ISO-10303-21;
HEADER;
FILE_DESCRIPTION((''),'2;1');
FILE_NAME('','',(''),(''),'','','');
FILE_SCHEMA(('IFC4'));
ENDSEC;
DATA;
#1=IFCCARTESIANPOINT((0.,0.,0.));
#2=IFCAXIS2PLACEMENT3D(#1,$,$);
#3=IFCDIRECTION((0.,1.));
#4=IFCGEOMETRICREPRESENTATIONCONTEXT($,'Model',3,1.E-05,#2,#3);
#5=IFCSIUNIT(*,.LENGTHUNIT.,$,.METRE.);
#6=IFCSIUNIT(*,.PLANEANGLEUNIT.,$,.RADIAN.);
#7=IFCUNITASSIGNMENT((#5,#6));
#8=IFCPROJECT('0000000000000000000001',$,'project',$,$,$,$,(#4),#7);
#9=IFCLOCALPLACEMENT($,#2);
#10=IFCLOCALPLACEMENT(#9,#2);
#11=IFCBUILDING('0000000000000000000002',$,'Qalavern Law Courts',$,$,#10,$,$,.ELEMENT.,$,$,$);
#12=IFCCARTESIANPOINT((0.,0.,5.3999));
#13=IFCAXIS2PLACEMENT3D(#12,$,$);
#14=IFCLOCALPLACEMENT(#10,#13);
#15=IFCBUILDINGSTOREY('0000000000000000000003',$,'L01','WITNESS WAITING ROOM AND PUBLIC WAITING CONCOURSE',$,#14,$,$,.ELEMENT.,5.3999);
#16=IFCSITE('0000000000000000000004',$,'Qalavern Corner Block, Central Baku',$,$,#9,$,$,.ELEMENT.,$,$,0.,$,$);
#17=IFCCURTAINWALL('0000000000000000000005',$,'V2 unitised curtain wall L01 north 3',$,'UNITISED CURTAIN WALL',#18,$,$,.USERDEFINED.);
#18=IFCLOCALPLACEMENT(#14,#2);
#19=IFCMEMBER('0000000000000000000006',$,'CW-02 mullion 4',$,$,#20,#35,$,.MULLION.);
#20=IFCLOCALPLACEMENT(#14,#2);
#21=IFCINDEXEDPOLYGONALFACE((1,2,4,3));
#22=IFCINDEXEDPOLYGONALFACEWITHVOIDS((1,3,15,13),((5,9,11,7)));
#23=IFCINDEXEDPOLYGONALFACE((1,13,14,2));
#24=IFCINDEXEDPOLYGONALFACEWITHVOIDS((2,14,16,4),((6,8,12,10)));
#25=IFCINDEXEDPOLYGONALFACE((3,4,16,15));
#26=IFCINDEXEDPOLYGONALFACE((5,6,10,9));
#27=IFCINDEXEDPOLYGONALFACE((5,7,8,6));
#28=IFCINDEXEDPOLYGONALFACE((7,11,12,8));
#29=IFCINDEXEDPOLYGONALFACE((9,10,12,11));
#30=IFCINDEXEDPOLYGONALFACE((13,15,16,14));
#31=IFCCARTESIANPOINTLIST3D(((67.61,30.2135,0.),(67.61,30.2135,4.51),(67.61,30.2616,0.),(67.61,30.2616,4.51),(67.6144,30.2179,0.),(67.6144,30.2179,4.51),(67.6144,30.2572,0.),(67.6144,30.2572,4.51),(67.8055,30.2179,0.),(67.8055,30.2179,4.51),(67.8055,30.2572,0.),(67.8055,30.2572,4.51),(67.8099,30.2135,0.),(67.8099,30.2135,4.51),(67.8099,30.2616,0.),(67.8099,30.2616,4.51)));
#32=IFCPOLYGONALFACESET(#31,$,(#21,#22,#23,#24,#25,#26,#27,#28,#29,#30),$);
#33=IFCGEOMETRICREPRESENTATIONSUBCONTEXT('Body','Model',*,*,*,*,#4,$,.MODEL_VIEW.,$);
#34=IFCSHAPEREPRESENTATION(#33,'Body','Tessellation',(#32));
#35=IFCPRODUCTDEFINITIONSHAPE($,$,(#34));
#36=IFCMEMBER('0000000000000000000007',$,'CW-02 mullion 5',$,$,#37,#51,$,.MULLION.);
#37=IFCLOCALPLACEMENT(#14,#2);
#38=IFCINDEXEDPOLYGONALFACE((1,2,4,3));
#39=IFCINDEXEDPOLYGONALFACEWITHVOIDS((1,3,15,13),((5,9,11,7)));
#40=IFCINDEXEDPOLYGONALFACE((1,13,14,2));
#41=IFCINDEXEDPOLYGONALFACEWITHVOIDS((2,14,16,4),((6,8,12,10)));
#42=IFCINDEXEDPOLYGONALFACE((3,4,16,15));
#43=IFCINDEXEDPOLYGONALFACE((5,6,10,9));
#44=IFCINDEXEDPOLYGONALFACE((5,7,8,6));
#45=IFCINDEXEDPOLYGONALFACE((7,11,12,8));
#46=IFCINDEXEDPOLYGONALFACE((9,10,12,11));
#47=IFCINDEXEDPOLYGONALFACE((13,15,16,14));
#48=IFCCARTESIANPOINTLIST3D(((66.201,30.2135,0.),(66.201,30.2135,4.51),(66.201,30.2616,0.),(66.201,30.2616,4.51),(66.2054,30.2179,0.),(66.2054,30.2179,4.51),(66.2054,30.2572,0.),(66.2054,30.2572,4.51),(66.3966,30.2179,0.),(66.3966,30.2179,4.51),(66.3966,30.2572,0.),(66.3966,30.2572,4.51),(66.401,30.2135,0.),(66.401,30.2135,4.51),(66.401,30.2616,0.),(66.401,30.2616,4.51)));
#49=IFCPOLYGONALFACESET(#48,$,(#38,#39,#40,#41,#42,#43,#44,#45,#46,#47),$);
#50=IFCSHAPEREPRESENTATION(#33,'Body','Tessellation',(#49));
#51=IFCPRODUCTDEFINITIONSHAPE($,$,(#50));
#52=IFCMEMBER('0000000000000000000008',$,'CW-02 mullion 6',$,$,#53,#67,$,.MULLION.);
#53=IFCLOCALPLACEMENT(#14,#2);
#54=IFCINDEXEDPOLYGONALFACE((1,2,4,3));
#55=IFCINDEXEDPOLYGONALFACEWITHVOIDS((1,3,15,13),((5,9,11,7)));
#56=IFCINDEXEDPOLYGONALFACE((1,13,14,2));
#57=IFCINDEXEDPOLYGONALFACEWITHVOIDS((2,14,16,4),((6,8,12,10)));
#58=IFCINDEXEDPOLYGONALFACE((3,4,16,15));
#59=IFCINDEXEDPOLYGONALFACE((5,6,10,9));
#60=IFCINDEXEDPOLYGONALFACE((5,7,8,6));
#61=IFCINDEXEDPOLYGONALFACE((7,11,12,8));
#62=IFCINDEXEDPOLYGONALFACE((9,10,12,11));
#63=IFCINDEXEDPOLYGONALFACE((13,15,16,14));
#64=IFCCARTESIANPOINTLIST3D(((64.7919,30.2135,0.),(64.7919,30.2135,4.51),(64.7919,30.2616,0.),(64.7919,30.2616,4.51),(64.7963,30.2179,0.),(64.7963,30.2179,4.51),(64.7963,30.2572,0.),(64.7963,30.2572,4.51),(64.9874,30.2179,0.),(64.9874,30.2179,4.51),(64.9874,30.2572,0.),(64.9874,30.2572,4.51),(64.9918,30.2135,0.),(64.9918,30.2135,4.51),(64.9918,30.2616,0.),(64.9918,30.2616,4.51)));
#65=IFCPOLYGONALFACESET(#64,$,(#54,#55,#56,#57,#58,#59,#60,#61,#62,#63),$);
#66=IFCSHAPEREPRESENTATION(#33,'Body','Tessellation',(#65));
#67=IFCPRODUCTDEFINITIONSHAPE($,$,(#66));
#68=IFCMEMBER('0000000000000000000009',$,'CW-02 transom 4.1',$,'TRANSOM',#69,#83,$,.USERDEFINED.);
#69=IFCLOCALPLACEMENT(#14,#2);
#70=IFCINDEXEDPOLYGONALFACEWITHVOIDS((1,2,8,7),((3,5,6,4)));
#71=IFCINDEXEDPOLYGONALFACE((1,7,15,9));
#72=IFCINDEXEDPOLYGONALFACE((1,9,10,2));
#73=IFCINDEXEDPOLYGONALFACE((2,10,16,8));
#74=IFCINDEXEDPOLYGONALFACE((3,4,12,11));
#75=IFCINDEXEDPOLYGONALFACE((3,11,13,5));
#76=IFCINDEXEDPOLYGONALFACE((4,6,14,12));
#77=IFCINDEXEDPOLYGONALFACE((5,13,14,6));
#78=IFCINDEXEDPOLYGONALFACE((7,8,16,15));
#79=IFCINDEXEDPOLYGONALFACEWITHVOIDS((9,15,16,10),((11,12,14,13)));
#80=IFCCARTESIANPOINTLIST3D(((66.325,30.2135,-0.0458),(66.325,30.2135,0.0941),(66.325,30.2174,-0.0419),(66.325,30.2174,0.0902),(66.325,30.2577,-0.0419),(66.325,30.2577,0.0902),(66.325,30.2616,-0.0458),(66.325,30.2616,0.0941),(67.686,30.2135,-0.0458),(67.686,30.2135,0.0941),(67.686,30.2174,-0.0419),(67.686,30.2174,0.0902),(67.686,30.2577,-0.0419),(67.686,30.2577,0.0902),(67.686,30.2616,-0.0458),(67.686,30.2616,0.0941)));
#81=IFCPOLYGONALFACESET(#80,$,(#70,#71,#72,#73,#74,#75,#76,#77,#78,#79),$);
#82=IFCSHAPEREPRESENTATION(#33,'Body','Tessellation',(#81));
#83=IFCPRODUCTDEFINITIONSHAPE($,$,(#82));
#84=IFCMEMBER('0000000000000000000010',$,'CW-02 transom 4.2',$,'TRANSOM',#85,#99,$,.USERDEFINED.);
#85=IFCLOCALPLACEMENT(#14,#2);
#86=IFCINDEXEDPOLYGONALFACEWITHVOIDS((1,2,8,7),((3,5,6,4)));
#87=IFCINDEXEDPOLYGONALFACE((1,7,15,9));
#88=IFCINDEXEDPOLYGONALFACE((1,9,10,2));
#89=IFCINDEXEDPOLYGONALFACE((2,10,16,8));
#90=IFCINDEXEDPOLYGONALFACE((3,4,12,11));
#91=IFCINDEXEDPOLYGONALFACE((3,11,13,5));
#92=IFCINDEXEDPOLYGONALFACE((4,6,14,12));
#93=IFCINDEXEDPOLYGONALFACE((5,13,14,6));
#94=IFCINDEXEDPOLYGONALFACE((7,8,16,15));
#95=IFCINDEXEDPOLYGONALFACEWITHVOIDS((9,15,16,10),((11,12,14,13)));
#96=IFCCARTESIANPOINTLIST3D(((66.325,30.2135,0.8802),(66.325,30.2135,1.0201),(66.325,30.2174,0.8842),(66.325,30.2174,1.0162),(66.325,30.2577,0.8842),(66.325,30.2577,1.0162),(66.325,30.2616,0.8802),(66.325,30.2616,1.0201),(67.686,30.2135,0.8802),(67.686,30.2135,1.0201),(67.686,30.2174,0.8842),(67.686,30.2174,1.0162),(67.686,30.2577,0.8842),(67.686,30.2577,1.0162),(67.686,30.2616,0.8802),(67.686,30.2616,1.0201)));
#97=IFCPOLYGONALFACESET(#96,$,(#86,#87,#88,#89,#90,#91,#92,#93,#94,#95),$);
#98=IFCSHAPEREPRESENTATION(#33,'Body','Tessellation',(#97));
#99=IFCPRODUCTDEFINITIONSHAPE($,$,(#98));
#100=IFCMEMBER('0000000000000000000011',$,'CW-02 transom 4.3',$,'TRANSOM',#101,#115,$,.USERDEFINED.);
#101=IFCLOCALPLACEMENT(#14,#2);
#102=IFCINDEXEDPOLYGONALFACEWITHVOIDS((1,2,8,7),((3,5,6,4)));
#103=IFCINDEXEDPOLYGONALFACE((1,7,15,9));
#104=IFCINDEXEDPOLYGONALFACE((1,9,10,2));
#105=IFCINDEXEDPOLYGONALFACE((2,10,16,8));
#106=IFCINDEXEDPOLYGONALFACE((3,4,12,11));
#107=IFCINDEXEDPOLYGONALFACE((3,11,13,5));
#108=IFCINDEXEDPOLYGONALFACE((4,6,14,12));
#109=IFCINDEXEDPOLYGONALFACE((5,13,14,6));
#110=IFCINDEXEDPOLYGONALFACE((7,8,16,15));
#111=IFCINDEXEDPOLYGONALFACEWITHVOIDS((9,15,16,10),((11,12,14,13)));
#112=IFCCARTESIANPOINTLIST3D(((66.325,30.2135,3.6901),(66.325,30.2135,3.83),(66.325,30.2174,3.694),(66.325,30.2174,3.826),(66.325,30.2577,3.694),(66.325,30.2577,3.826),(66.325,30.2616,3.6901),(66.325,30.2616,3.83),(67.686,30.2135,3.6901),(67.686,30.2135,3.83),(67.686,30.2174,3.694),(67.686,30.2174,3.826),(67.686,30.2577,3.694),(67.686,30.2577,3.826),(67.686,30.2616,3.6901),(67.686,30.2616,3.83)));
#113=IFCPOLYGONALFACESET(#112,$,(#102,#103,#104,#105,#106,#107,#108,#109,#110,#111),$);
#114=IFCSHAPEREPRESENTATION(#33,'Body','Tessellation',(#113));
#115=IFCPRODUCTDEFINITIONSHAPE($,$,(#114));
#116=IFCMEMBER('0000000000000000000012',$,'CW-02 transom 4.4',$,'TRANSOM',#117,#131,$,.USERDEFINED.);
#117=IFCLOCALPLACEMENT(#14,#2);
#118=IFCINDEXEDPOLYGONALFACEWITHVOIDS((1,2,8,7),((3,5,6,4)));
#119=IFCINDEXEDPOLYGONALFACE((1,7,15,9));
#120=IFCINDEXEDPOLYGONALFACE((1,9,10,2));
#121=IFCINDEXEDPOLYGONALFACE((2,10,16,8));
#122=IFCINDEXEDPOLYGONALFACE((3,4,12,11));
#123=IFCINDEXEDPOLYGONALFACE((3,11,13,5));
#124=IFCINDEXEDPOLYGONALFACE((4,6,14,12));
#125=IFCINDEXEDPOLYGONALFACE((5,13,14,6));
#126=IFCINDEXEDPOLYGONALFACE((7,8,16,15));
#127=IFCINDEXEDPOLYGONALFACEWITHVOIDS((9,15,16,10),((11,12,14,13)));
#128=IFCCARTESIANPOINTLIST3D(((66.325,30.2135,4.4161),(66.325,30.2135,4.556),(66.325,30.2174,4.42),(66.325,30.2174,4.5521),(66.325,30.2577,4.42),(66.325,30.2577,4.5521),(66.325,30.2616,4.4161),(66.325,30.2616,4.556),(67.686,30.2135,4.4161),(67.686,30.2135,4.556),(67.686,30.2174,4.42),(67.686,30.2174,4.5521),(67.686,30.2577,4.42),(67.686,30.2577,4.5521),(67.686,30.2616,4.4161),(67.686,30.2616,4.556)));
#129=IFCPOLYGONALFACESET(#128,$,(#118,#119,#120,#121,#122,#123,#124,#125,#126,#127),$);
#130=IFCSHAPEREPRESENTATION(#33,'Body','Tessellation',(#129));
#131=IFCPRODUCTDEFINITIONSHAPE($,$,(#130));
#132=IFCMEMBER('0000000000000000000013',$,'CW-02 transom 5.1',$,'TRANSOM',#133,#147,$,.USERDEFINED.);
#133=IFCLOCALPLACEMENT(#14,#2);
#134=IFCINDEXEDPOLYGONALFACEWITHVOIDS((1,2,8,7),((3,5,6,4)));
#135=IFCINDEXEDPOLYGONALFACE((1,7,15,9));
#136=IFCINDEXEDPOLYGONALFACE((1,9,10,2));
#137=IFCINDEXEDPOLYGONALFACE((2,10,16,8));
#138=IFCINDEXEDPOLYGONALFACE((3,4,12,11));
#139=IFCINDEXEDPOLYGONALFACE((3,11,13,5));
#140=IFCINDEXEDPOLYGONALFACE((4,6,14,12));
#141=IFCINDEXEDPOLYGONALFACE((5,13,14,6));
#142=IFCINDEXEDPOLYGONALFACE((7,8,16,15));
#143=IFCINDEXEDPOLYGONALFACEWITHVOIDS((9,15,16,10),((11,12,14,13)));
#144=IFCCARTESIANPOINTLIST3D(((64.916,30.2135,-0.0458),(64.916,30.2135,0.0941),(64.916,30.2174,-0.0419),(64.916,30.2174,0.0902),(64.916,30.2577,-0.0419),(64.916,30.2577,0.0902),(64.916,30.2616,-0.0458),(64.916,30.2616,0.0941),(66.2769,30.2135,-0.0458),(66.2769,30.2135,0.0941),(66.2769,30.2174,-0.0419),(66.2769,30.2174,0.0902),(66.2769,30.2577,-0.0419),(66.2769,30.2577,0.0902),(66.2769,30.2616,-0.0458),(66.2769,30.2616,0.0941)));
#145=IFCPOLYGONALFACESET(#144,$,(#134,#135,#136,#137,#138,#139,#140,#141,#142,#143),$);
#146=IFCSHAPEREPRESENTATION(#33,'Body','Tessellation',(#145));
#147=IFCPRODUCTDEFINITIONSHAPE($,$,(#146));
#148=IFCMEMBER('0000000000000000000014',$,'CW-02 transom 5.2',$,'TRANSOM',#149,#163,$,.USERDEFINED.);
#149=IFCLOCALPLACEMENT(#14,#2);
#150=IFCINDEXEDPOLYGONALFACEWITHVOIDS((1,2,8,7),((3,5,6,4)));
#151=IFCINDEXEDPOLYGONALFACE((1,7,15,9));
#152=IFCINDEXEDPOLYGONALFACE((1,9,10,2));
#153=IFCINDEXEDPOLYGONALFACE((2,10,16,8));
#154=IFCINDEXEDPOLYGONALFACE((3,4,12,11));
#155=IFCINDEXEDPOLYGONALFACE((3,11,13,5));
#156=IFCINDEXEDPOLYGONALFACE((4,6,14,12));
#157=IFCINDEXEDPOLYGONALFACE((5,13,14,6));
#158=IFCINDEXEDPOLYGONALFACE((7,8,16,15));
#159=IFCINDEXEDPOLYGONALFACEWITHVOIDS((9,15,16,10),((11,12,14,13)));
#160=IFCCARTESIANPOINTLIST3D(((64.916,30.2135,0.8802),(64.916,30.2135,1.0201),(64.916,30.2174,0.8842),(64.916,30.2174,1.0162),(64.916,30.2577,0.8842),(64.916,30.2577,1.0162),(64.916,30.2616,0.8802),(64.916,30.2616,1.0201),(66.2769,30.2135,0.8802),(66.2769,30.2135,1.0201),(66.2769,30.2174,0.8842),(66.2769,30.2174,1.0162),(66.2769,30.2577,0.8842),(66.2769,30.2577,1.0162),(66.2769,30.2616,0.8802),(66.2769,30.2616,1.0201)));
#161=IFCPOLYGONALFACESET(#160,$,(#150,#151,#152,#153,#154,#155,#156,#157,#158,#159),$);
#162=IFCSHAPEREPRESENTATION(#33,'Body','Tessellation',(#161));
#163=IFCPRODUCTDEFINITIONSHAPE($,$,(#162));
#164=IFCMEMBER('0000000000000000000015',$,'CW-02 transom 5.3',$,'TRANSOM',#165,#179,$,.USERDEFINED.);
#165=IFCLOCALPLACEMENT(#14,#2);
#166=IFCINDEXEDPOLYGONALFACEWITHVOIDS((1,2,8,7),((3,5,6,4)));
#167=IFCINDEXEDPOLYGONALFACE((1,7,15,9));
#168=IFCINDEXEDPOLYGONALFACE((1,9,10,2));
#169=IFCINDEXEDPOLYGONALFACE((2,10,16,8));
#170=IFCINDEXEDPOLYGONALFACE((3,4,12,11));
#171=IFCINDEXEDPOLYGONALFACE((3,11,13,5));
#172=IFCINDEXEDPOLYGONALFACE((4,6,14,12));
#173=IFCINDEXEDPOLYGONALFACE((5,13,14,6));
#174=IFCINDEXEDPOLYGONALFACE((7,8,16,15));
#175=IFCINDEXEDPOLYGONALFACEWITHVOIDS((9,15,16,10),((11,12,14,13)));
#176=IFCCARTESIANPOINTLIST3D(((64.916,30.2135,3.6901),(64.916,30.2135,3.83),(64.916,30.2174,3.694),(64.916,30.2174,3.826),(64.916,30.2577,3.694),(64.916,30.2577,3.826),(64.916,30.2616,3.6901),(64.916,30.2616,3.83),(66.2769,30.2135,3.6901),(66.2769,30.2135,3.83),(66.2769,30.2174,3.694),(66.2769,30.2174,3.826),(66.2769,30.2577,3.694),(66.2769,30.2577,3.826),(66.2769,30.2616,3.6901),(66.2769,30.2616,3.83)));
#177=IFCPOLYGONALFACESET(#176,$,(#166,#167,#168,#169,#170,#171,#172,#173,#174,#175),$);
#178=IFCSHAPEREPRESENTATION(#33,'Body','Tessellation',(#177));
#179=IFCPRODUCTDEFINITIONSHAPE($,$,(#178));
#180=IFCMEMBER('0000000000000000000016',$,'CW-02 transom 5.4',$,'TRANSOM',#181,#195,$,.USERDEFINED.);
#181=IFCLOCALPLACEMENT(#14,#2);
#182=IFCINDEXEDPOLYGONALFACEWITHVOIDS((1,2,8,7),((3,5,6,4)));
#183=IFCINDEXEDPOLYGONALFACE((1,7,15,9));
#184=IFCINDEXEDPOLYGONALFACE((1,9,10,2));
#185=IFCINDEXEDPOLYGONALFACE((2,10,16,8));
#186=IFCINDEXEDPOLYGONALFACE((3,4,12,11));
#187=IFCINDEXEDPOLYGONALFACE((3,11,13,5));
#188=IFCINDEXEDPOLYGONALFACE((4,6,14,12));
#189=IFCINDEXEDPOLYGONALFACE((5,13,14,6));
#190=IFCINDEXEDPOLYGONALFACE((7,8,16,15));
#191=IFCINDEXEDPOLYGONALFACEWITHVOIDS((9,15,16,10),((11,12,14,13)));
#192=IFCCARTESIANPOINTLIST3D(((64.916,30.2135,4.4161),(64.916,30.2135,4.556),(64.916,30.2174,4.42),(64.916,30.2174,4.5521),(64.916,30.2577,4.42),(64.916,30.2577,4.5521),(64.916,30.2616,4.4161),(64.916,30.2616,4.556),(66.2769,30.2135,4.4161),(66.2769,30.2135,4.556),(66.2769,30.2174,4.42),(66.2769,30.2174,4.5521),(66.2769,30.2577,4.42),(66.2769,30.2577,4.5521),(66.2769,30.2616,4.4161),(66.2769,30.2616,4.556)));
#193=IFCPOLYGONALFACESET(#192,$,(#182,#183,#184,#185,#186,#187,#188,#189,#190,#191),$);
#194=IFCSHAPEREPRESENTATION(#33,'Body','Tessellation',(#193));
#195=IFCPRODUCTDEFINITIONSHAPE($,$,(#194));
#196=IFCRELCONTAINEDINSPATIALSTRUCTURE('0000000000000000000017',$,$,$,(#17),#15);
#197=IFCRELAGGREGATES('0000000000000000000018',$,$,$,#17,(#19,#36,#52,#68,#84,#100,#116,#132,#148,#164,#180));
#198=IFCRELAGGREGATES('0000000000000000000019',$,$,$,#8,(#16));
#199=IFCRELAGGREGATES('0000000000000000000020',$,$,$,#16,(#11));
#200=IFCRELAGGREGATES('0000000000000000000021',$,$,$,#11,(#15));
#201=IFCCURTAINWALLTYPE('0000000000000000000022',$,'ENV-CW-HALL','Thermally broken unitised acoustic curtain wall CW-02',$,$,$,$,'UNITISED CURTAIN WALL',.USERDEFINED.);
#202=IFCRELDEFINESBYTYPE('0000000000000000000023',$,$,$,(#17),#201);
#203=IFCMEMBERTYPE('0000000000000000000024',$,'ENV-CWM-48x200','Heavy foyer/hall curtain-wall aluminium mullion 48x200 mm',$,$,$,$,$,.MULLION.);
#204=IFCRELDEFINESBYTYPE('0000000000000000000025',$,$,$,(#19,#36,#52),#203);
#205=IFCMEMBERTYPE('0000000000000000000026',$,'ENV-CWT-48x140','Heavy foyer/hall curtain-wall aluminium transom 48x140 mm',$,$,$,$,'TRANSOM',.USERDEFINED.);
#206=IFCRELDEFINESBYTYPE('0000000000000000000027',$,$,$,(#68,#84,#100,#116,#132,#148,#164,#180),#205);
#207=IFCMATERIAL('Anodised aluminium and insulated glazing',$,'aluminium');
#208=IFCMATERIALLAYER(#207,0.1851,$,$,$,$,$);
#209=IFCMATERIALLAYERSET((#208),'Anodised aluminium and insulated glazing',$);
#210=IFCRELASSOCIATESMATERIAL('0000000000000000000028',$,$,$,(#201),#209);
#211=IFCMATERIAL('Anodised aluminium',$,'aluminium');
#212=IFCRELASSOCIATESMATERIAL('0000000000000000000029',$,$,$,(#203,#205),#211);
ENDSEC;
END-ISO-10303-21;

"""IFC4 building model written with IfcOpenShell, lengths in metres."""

from ifc_helpers import new_model, si_unit, direction, frame, origin, origin_2d, place, context, subcontext, project, spatial, hollow_rectangle, extrude, material, layer, layer_set, material_profile, profile_set, type_object, element, aggregate, save


model = new_model("IFC4")

# Units and contexts
model_context = context("Model", 3, precision=1e-05, world=origin(), true_north=direction((0.0, 1.0)))
body_context = subcontext(model_context, "Body", "Model", "MODEL_VIEW")
ifc_project = project(units=[si_unit("LENGTHUNIT", "METRE"), si_unit("PLANEANGLEUNIT", "RADIAN")], contexts=[model_context])

# Site, building, storey
site_placement = place(None, origin())
site = spatial("IfcSite", under=ifc_project, at=site_placement, Name="Qalavern Corner Block, Central Baku", CompositionType="ELEMENT", RefElevation=0.0)
building_placement = place(site_placement, origin())
building = spatial("IfcBuilding", under=site, at=building_placement, Name="Qalavern Law Courts", CompositionType="ELEMENT")
storey_placement = place(building_placement, frame((0.0, 0.0, 5.3999)))
storey = spatial("IfcBuildingStorey", under=building, at=storey_placement, Name="L01", Description="WITNESS WAITING ROOM AND PUBLIC WAITING CONCOURSE", CompositionType="ELEMENT", Elevation=5.3999)

# Curtain wall, members
ifc_material_1 = material(Name="Anodised aluminium and insulated glazing", Category="aluminium")
ifc_layer_1 = layer(ifc_material_1, 0.1851)
ifc_layer_set_1 = layer_set([ifc_layer_1], Name="Anodised aluminium and insulated glazing")
curtain_wall_type = type_object("IfcCurtainWallType", Name="ENV-CW-HALL", Description="Thermally broken unitised acoustic curtain wall CW-02", ElementType="UNITISED CURTAIN WALL", PredefinedType="USERDEFINED", material=ifc_layer_set_1)
curtain_wall_placement = place(storey_placement, origin())
curtain_wall = element("IfcCurtainWall", 1, at=curtain_wall_placement, inside=storey, type_object=curtain_wall_type, Name="V2 unitised curtain wall L01 north 3", ObjectType="UNITISED CURTAIN WALL", PredefinedType="USERDEFINED")
ifc_material_2 = material(Name="Anodised aluminium", Category="aluminium")
ifc_material_profile_1 = material_profile(ifc_material_2, hollow_rectangle(XDim=0.0481, YDim=0.2, WallThickness=0.0044, at=origin_2d()), Name="ALU MULLION 48x200")
ifc_profile_set_1 = profile_set([ifc_material_profile_1], Name="Anodised aluminium")
member_type_1 = type_object("IfcMemberType", Name="ENV-CWM-48x200", Description="Heavy foyer/hall curtain-wall aluminium mullion 48x200 mm", PredefinedType="MULLION", material=ifc_profile_set_1)
member_1_placement = place(storey_placement, frame((67.71, 30.2375, 0.0), z_axis=(0.0, 0.0, 1.0), x_axis=(0.0, -1.0, 0.0)))
member_1 = element("IfcMember", 2, at=member_1_placement, type_object=member_type_1, Name="CW-02 mullion 4", PredefinedType="MULLION", context=body_context, shape_type="SweptSolid", body=[
    extrude(hollow_rectangle(XDim=0.0481, YDim=0.2, WallThickness=0.0044, at=origin_2d()), origin(), (0.0, 0.0, 1.0), 4.51),
])
member_2_placement = place(storey_placement, frame((66.301, 30.2375, 0.0), z_axis=(0.0, 0.0, 1.0), x_axis=(0.0, -1.0, 0.0)))
member_2 = element("IfcMember", 3, at=member_2_placement, type_object=member_type_1, Name="CW-02 mullion 5", PredefinedType="MULLION", context=body_context, shape_type="SweptSolid", body=[
    extrude(hollow_rectangle(XDim=0.0481, YDim=0.2, WallThickness=0.0044, at=origin_2d()), origin(), (0.0, 0.0, 1.0), 4.51),
])
member_3_placement = place(storey_placement, frame((64.8918, 30.2375, 0.0), z_axis=(0.0, 0.0, 1.0), x_axis=(0.0, -1.0, 0.0)))
member_3 = element("IfcMember", 4, at=member_3_placement, type_object=member_type_1, Name="CW-02 mullion 6", PredefinedType="MULLION", context=body_context, shape_type="SweptSolid", body=[
    extrude(hollow_rectangle(XDim=0.0481, YDim=0.2, WallThickness=0.0044, at=origin_2d()), origin(), (0.0, 0.0, 1.0), 4.51),
])
ifc_material_profile_2 = material_profile(ifc_material_2, hollow_rectangle(XDim=0.0481, YDim=0.1399, WallThickness=0.0039, at=origin_2d()), Name="ALU TRANSOM 48x140")
ifc_profile_set_2 = profile_set([ifc_material_profile_2], Name="Anodised aluminium")
member_type_2 = type_object("IfcMemberType", Name="ENV-CWT-48x140", Description="Heavy foyer/hall curtain-wall aluminium transom 48x140 mm", ElementType="TRANSOM", PredefinedType="USERDEFINED", material=ifc_profile_set_2)
member_4_placement = place(storey_placement, frame((67.686, 30.2375, 0.0242), z_axis=(-1.0, 0.0, 0.0), x_axis=(0.0, -1.0, 0.0)))
member_4 = element("IfcMember", 5, at=member_4_placement, type_object=member_type_2, Name="CW-02 transom 4.1", ObjectType="TRANSOM", PredefinedType="USERDEFINED", context=body_context, shape_type="SweptSolid", body=[
    extrude(hollow_rectangle(XDim=0.0481, YDim=0.1399, WallThickness=0.0039, at=origin_2d()), origin(), (0.0, 0.0, 1.0), 1.3611),
])
member_5_placement = place(storey_placement, frame((67.686, 30.2375, 0.9502), z_axis=(-1.0, 0.0, 0.0), x_axis=(0.0, -1.0, 0.0)))
member_5 = element("IfcMember", 6, at=member_5_placement, type_object=member_type_2, Name="CW-02 transom 4.2", ObjectType="TRANSOM", PredefinedType="USERDEFINED", context=body_context, shape_type="SweptSolid", body=[
    extrude(hollow_rectangle(XDim=0.0481, YDim=0.1399, WallThickness=0.0039, at=origin_2d()), origin(), (0.0, 0.0, 1.0), 1.3611),
])
member_6_placement = place(storey_placement, frame((67.686, 30.2375, 3.76), z_axis=(-1.0, 0.0, 0.0), x_axis=(0.0, -1.0, 0.0)))
member_6 = element("IfcMember", 7, at=member_6_placement, type_object=member_type_2, Name="CW-02 transom 4.3", ObjectType="TRANSOM", PredefinedType="USERDEFINED", context=body_context, shape_type="SweptSolid", body=[
    extrude(hollow_rectangle(XDim=0.0481, YDim=0.1399, WallThickness=0.0039, at=origin_2d()), origin(), (0.0, 0.0, 1.0), 1.3611),
])
member_7_placement = place(storey_placement, frame((67.686, 30.2375, 4.4861), z_axis=(-1.0, 0.0, 0.0), x_axis=(0.0, -1.0, 0.0)))
member_7 = element("IfcMember", 8, at=member_7_placement, type_object=member_type_2, Name="CW-02 transom 4.4", ObjectType="TRANSOM", PredefinedType="USERDEFINED", context=body_context, shape_type="SweptSolid", body=[
    extrude(hollow_rectangle(XDim=0.0481, YDim=0.1399, WallThickness=0.0039, at=origin_2d()), origin(), (0.0, 0.0, 1.0), 1.3611),
])
member_8_placement = place(storey_placement, frame((66.2769, 30.2375, 0.0242), z_axis=(-1.0, 0.0, 0.0), x_axis=(0.0, -1.0, 0.0)))
member_8 = element("IfcMember", 9, at=member_8_placement, type_object=member_type_2, Name="CW-02 transom 5.1", ObjectType="TRANSOM", PredefinedType="USERDEFINED", context=body_context, shape_type="SweptSolid", body=[
    extrude(hollow_rectangle(XDim=0.0481, YDim=0.1399, WallThickness=0.0039, at=origin_2d()), origin(), (0.0, 0.0, 1.0), 1.3608),
])
member_9_placement = place(storey_placement, frame((66.2769, 30.2375, 0.9502), z_axis=(-1.0, 0.0, 0.0), x_axis=(0.0, -1.0, 0.0)))
member_9 = element("IfcMember", 10, at=member_9_placement, type_object=member_type_2, Name="CW-02 transom 5.2", ObjectType="TRANSOM", PredefinedType="USERDEFINED", context=body_context, shape_type="SweptSolid", body=[
    extrude(hollow_rectangle(XDim=0.0481, YDim=0.1399, WallThickness=0.0039, at=origin_2d()), origin(), (0.0, 0.0, 1.0), 1.3608),
])
member_10_placement = place(storey_placement, frame((66.2769, 30.2375, 3.76), z_axis=(-1.0, 0.0, 0.0), x_axis=(0.0, -1.0, 0.0)))
member_10 = element("IfcMember", 11, at=member_10_placement, type_object=member_type_2, Name="CW-02 transom 5.3", ObjectType="TRANSOM", PredefinedType="USERDEFINED", context=body_context, shape_type="SweptSolid", body=[
    extrude(hollow_rectangle(XDim=0.0481, YDim=0.1399, WallThickness=0.0039, at=origin_2d()), origin(), (0.0, 0.0, 1.0), 1.3608),
])
member_11_placement = place(storey_placement, frame((66.2769, 30.2375, 4.4861), z_axis=(-1.0, 0.0, 0.0), x_axis=(0.0, -1.0, 0.0)))
member_11 = element("IfcMember", 12, at=member_11_placement, type_object=member_type_2, Name="CW-02 transom 5.4", ObjectType="TRANSOM", PredefinedType="USERDEFINED", context=body_context, shape_type="SweptSolid", body=[
    extrude(hollow_rectangle(XDim=0.0481, YDim=0.1399, WallThickness=0.0039, at=origin_2d()), origin(), (0.0, 0.0, 1.0), 1.3608),
])
aggregate(curtain_wall, [member_1, member_2, member_3, member_4, member_5, member_6, member_7, member_8, member_9, member_10, member_11])

save(model, "model.ifc")
